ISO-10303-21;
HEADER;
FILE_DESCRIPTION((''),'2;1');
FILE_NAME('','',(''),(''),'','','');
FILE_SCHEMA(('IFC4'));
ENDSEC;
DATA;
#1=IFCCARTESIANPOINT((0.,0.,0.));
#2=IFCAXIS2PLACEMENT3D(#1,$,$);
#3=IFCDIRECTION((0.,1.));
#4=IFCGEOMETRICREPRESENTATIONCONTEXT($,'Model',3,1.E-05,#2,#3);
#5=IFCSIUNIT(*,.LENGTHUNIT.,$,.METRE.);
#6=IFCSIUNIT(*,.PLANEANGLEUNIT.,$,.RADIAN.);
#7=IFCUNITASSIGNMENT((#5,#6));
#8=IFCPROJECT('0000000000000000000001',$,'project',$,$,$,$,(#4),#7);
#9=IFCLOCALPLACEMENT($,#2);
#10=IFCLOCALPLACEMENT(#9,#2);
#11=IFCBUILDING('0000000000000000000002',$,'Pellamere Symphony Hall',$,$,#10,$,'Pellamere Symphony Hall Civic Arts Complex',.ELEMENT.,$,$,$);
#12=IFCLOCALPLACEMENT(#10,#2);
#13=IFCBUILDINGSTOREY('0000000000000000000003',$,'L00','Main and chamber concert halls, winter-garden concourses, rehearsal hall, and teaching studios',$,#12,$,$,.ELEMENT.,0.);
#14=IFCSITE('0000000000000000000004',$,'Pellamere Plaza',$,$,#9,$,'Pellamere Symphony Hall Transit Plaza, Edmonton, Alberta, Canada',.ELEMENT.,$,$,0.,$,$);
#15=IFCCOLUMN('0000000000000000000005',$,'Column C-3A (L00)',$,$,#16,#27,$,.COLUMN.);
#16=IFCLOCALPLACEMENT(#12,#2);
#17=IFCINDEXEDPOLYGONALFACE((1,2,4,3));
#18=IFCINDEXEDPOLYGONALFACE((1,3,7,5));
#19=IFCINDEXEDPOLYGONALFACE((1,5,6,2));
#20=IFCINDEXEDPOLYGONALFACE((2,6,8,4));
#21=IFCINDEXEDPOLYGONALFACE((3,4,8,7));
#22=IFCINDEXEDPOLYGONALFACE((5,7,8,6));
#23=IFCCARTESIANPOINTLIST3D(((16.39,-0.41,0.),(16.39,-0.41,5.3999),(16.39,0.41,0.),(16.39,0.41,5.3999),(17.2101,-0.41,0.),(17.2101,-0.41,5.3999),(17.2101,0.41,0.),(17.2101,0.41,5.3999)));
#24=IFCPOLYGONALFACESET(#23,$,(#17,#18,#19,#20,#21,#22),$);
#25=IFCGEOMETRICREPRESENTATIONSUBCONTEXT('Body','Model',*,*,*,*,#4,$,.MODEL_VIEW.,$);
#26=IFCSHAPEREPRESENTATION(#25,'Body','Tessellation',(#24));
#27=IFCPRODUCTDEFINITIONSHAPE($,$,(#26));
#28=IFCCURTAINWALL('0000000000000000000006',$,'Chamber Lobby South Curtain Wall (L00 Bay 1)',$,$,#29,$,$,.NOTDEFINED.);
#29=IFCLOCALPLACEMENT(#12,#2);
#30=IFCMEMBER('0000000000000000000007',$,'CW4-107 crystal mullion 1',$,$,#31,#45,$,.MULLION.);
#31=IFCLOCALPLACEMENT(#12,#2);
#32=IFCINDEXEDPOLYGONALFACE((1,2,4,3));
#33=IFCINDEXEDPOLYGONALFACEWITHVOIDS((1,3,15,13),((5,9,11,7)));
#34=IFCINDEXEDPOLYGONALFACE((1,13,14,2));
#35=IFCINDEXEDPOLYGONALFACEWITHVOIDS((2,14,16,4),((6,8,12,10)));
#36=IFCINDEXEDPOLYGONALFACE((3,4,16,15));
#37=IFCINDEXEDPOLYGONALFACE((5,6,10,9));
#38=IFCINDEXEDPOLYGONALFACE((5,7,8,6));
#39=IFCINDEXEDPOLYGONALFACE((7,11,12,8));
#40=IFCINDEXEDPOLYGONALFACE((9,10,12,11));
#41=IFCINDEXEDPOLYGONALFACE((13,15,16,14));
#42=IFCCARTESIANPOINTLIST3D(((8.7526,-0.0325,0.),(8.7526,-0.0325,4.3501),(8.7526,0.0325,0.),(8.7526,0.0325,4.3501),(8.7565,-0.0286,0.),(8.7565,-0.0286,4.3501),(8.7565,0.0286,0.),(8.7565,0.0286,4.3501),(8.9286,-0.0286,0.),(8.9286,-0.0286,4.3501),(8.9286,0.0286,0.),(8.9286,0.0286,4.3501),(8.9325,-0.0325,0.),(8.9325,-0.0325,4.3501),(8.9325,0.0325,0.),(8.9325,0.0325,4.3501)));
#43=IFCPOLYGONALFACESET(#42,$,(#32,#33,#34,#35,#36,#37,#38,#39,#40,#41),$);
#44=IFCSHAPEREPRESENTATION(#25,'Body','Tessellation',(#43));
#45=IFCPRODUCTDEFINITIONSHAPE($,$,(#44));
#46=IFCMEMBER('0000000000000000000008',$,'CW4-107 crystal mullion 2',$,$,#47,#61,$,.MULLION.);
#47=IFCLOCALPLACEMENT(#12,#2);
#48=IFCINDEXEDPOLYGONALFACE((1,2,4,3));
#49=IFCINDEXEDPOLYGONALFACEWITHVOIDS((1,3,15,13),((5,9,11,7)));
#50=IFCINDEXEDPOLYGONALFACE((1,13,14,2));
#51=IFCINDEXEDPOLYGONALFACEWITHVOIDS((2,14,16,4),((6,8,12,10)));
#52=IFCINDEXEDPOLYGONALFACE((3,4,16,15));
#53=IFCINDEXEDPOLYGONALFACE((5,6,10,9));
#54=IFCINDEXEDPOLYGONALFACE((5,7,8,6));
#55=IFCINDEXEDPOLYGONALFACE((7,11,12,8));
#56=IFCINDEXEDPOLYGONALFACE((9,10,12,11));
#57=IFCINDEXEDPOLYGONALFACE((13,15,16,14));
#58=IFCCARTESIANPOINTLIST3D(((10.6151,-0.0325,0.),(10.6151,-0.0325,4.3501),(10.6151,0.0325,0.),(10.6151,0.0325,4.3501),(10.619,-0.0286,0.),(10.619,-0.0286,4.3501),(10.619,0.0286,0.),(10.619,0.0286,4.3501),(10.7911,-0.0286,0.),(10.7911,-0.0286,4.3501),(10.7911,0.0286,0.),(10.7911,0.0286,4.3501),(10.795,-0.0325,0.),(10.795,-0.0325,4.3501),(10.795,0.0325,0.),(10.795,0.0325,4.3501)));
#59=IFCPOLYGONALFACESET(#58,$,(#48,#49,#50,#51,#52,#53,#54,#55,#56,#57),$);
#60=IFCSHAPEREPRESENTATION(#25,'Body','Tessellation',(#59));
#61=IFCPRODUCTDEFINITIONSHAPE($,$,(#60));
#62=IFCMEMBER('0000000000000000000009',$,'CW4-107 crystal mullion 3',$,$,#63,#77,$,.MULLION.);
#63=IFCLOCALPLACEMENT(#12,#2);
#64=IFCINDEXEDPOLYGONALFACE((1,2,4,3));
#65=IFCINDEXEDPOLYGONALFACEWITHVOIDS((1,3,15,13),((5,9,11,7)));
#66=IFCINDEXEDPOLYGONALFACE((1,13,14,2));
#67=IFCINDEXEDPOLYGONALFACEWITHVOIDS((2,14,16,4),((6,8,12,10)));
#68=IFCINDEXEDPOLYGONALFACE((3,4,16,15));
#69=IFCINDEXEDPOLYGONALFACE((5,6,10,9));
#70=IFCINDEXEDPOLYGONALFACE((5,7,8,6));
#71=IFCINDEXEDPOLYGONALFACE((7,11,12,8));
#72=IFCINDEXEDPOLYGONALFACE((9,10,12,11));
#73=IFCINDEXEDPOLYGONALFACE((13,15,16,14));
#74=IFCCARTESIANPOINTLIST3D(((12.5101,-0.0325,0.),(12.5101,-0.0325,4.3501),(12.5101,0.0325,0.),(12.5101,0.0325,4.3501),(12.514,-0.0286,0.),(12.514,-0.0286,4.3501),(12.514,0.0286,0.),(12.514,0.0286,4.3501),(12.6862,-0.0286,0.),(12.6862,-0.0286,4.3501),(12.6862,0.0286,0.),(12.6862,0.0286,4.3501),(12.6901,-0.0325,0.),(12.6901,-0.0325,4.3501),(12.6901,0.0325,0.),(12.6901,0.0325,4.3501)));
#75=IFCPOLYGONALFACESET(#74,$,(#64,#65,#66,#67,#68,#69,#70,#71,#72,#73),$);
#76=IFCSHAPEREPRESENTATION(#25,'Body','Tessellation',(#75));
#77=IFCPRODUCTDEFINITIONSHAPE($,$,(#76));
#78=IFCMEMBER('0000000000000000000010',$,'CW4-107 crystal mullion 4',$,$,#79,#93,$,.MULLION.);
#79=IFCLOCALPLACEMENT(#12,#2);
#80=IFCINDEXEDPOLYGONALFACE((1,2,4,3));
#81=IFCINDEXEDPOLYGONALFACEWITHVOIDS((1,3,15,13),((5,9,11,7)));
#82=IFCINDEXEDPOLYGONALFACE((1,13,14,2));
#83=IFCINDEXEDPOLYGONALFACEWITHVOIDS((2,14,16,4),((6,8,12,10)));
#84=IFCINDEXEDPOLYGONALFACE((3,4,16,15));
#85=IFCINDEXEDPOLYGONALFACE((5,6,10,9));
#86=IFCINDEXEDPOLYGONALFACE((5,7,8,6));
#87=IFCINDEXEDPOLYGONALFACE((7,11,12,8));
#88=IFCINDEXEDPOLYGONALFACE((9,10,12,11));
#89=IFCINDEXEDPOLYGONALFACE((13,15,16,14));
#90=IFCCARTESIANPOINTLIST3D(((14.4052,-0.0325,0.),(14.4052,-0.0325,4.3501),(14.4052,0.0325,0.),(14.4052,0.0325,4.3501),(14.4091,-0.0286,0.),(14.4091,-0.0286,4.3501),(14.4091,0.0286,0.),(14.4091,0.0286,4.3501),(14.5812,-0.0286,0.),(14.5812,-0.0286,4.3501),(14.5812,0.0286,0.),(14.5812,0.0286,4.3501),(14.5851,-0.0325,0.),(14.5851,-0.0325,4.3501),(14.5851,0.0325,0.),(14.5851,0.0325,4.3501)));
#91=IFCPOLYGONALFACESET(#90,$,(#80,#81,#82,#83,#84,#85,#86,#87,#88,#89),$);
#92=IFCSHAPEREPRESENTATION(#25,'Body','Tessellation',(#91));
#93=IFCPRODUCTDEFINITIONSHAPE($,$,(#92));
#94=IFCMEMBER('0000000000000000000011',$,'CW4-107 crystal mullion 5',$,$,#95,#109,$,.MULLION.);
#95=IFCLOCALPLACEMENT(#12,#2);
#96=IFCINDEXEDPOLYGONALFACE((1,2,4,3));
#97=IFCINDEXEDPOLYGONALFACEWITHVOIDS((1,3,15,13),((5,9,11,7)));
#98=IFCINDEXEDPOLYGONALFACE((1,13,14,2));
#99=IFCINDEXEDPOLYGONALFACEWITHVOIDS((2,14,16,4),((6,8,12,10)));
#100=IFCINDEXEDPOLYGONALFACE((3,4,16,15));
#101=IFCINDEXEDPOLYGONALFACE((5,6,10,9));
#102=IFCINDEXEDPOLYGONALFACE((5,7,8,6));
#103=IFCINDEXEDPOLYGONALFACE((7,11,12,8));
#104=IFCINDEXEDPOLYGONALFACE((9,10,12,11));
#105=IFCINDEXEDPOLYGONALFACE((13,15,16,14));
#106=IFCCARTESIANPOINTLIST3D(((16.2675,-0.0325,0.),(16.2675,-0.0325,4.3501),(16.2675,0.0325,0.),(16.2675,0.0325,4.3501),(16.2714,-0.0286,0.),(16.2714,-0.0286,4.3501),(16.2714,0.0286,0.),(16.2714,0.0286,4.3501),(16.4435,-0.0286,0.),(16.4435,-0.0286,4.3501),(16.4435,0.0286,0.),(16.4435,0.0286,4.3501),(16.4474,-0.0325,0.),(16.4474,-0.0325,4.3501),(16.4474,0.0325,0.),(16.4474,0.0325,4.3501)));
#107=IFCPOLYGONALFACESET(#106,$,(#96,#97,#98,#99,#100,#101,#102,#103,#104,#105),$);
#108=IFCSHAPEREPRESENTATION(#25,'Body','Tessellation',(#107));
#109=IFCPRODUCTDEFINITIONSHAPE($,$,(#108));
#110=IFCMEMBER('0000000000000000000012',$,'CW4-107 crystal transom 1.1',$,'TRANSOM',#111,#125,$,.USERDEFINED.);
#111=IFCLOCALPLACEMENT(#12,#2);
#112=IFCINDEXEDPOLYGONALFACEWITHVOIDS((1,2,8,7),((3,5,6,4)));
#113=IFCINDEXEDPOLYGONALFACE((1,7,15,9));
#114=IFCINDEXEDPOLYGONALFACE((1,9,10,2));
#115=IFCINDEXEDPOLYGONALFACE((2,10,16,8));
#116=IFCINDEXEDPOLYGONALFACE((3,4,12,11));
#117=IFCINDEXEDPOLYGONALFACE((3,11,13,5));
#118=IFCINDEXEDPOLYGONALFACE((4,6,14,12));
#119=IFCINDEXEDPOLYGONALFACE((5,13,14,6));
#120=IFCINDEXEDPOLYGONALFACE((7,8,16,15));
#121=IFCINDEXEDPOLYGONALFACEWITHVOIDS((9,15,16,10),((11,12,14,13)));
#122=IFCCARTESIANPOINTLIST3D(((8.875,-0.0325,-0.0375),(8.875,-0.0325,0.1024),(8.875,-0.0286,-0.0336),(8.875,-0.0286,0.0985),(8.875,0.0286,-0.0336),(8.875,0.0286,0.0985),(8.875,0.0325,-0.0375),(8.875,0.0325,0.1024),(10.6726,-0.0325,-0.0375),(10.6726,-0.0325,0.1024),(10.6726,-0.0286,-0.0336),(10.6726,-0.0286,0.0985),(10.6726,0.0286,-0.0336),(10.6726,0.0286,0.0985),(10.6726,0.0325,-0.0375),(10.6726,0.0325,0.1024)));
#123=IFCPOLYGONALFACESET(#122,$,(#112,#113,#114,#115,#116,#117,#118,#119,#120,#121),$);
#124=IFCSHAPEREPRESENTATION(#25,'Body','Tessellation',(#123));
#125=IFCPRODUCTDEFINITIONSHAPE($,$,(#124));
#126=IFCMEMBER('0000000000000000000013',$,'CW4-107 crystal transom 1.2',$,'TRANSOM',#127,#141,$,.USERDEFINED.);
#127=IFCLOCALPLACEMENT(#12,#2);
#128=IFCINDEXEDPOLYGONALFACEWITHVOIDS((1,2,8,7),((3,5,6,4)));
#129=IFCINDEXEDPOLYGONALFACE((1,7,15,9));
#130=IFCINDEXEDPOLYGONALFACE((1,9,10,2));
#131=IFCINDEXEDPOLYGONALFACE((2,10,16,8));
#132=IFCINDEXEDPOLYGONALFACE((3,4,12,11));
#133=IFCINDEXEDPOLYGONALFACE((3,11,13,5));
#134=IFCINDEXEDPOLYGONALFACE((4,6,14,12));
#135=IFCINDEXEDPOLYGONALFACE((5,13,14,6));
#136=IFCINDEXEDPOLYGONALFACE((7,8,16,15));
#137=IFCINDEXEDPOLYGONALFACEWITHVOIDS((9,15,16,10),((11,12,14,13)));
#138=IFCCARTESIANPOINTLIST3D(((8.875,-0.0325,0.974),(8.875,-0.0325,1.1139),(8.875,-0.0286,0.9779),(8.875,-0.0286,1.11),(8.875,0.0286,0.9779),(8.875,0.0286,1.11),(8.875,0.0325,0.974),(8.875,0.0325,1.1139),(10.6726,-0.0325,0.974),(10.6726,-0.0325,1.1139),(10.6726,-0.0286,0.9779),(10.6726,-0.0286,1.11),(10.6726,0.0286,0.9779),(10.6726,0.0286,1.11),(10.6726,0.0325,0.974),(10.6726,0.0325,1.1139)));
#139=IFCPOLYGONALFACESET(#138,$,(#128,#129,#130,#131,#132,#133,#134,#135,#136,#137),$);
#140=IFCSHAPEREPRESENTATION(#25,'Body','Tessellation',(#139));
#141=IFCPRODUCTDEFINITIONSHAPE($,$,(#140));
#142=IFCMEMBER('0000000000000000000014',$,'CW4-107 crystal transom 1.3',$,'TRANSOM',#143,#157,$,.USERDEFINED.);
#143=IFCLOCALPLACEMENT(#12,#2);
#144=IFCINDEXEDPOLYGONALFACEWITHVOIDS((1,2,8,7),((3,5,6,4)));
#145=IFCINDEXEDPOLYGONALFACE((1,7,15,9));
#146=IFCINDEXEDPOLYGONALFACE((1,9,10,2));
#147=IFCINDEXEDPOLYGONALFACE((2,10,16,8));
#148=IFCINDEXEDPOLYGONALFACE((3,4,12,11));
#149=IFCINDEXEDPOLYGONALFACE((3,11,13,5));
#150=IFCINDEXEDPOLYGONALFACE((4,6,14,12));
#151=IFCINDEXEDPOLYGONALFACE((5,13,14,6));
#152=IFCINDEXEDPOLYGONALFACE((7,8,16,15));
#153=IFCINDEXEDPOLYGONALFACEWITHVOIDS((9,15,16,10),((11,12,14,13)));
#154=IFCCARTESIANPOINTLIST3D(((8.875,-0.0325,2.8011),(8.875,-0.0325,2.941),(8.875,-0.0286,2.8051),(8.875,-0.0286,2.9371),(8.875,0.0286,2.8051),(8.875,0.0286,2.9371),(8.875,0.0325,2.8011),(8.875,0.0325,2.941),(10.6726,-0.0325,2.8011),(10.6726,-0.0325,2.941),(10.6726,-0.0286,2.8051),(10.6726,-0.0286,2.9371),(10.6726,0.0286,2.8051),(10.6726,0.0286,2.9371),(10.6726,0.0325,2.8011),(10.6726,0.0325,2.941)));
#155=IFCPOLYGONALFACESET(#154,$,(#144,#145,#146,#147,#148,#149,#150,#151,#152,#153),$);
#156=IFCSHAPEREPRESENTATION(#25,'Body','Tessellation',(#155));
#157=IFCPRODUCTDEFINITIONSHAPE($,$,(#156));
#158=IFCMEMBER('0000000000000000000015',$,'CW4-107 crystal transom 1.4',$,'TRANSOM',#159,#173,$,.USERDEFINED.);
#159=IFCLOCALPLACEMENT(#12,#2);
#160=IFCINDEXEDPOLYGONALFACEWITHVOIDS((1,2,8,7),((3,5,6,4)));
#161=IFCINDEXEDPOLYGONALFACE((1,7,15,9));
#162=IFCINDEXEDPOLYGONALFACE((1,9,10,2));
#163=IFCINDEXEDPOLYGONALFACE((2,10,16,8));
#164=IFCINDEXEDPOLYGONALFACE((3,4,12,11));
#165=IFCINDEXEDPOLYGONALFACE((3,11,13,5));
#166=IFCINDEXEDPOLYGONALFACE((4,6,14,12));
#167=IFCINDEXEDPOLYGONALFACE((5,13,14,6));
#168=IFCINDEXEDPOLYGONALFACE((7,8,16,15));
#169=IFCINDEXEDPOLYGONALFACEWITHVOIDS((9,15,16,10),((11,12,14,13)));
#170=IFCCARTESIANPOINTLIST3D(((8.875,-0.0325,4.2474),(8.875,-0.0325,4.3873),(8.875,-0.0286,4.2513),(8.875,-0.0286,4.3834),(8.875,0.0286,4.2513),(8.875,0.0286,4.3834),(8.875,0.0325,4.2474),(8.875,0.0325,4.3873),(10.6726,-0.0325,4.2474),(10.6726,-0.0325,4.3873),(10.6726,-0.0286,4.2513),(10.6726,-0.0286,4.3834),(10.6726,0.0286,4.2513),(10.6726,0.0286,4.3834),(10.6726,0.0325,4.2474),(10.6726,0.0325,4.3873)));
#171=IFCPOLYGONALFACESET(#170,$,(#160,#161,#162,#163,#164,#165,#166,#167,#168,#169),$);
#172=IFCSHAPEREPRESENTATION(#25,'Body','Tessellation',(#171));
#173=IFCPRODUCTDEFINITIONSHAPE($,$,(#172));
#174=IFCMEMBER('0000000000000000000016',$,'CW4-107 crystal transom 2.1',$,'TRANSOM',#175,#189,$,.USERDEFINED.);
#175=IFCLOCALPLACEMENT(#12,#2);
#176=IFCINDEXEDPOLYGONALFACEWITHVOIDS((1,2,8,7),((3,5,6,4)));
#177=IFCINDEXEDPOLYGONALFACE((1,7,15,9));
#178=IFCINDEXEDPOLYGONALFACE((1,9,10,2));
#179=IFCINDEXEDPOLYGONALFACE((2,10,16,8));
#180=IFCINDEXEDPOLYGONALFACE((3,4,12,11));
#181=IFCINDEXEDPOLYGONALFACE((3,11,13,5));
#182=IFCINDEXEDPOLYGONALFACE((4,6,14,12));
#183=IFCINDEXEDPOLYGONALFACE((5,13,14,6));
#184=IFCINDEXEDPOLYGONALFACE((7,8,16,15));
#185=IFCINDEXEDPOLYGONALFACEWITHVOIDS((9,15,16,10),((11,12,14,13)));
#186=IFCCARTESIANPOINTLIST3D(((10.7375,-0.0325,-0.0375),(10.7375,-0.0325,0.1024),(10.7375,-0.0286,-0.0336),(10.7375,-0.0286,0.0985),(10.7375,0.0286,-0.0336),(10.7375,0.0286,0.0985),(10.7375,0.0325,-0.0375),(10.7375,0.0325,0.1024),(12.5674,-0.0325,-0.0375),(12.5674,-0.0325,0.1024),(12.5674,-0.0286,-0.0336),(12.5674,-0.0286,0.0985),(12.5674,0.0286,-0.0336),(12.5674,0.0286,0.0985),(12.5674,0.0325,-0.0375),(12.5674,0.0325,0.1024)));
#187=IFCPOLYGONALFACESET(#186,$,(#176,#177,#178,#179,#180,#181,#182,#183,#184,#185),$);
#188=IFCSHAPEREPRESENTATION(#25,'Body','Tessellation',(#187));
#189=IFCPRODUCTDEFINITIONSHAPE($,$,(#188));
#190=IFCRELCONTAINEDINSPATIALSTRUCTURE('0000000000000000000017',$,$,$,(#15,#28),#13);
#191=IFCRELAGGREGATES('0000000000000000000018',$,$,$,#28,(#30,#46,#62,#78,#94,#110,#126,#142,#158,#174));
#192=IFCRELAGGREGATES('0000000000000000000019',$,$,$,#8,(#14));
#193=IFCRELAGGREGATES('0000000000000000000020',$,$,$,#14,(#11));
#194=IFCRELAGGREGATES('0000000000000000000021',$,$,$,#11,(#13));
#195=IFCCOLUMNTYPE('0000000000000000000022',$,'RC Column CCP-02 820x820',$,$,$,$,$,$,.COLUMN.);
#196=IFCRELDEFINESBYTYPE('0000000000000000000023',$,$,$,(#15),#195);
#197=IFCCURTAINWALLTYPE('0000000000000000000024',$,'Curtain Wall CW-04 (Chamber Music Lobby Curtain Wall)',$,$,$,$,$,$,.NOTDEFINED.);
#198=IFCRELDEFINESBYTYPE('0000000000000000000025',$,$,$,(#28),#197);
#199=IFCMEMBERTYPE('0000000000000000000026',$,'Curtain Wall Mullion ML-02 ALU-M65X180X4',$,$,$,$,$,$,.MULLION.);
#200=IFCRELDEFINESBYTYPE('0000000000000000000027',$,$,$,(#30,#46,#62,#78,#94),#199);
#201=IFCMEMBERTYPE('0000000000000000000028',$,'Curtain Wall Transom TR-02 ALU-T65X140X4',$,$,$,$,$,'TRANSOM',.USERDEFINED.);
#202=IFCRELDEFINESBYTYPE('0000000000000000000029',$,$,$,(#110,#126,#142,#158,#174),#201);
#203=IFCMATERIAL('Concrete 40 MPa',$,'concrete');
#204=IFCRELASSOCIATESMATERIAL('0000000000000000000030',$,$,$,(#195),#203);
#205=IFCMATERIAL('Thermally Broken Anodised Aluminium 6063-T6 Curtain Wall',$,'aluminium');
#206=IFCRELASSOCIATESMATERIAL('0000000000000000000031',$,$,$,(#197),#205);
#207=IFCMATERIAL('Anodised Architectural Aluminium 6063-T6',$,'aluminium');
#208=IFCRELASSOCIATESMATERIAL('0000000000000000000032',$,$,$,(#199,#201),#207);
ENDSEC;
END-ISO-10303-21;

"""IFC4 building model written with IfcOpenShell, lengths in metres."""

from ifc_helpers import new_model, si_unit, direction, frame, origin, origin_2d, place, context, subcontext, project, spatial, rectangle, hollow_rectangle, extrude, material, material_profile, profile_set, type_object, element, aggregate, save


model = new_model("IFC4")

# Units and contexts
model_context = context("Model", 3, precision=1e-05, world=origin(), true_north=direction((0.0, 1.0)))
body_context = subcontext(model_context, "Body", "Model", "MODEL_VIEW")
ifc_project = project(units=[si_unit("LENGTHUNIT", "METRE"), si_unit("PLANEANGLEUNIT", "RADIAN")], contexts=[model_context])

# Site, building, storey
site_placement = place(None, origin())
site = spatial("IfcSite", under=ifc_project, at=site_placement, Name="Pellamere Plaza", LongName="Pellamere Symphony Hall Transit Plaza, Edmonton, Alberta, Canada", CompositionType="ELEMENT", RefElevation=0.0)
building_placement = place(site_placement, origin())
building = spatial("IfcBuilding", under=site, at=building_placement, Name="Pellamere Symphony Hall", LongName="Pellamere Symphony Hall Civic Arts Complex", CompositionType="ELEMENT")
storey_placement = place(building_placement, origin())
storey = spatial("IfcBuildingStorey", under=building, at=storey_placement, Name="L00", Description="Main and chamber concert halls, winter-garden concourses, rehearsal hall, and teaching studios", CompositionType="ELEMENT", Elevation=0.0)

# Column
ifc_material_1 = material(Name="Concrete 40 MPa", Category="concrete")
ifc_material_profile_1 = material_profile(ifc_material_1, rectangle(XDim=0.8201, YDim=0.8201, at=origin_2d()), Name="RC 820x820")
ifc_profile_set_1 = profile_set([ifc_material_profile_1], Name="Concrete 40 MPa")
column_type = type_object("IfcColumnType", Name="RC Column CCP-02 820x820", PredefinedType="COLUMN", material=ifc_profile_set_1)
column_placement = place(storey_placement, frame((16.8, 0.0, 0.0), z_axis=(0.0, 0.0, 1.0), x_axis=(1.0, 0.0, 0.0)))
element("IfcColumn", 1, at=column_placement, inside=storey, type_object=column_type, Name="Column C-3A (L00)", PredefinedType="COLUMN", context=body_context, shape_type="SweptSolid", body=[
    extrude(rectangle(XDim=0.8201, YDim=0.8201, at=origin_2d()), origin(), (0.0, 0.0, 1.0), 5.3999),
])

# Curtain wall, members
ifc_material_2 = material(Name="Thermally Broken Anodised Aluminium 6063-T6 Curtain Wall", Category="aluminium")
curtain_wall_type = type_object("IfcCurtainWallType", Name="Curtain Wall CW-04 (Chamber Music Lobby Curtain Wall)", PredefinedType="NOTDEFINED", material=ifc_material_2)
curtain_wall_placement = place(storey_placement, origin())
curtain_wall = element("IfcCurtainWall", 2, at=curtain_wall_placement, inside=storey, type_object=curtain_wall_type, Name="Chamber Lobby South Curtain Wall (L00 Bay 1)", PredefinedType="NOTDEFINED")
ifc_material_3 = material(Name="Anodised Architectural Aluminium 6063-T6", Category="aluminium")
ifc_material_profile_2 = material_profile(ifc_material_3, hollow_rectangle(XDim=0.0649, YDim=0.1799, WallThickness=0.0039, at=origin_2d()), Name="ALU-M65X180X4")
ifc_profile_set_2 = profile_set([ifc_material_profile_2], Name="Anodised Architectural Aluminium 6063-T6")
member_type_1 = type_object("IfcMemberType", Name="Curtain Wall Mullion ML-02 ALU-M65X180X4", PredefinedType="MULLION", material=ifc_profile_set_2)
member_1_placement = place(storey_placement, frame((8.8425, 0.0, 0.0), z_axis=(0.0, 0.0, 1.0), x_axis=(0.0, 1.0, 0.0)))
member_1 = element("IfcMember", 3, at=member_1_placement, type_object=member_type_1, Name="CW4-107 crystal mullion 1", PredefinedType="MULLION", context=body_context, shape_type="SweptSolid", body=[
    extrude(hollow_rectangle(XDim=0.0649, YDim=0.1799, WallThickness=0.0039, at=origin_2d()), origin(), (0.0, 0.0, 1.0), 4.3501),
])
member_2_placement = place(storey_placement, frame((10.7051, 0.0, 0.0), z_axis=(0.0, 0.0, 1.0), x_axis=(0.0, 1.0, 0.0)))
member_2 = element("IfcMember", 4, at=member_2_placement, type_object=member_type_1, Name="CW4-107 crystal mullion 2", PredefinedType="MULLION", context=body_context, shape_type="SweptSolid", body=[
    extrude(hollow_rectangle(XDim=0.0649, YDim=0.1799, WallThickness=0.0039, at=origin_2d()), origin(), (0.0, 0.0, 1.0), 4.3501),
])
member_3_placement = place(storey_placement, frame((12.6001, 0.0, 0.0), z_axis=(0.0, 0.0, 1.0), x_axis=(0.0, 1.0, 0.0)))
member_3 = element("IfcMember", 5, at=member_3_placement, type_object=member_type_1, Name="CW4-107 crystal mullion 3", PredefinedType="MULLION", context=body_context, shape_type="SweptSolid", body=[
    extrude(hollow_rectangle(XDim=0.0649, YDim=0.1799, WallThickness=0.0039, at=origin_2d()), origin(), (0.0, 0.0, 1.0), 4.3501),
])
member_4_placement = place(storey_placement, frame((14.4951, 0.0, 0.0), z_axis=(0.0, 0.0, 1.0), x_axis=(0.0, 1.0, 0.0)))
member_4 = element("IfcMember", 6, at=member_4_placement, type_object=member_type_1, Name="CW4-107 crystal mullion 4", PredefinedType="MULLION", context=body_context, shape_type="SweptSolid", body=[
    extrude(hollow_rectangle(XDim=0.0649, YDim=0.1799, WallThickness=0.0039, at=origin_2d()), origin(), (0.0, 0.0, 1.0), 4.3501),
])
member_5_placement = place(storey_placement, frame((16.3574, 0.0, 0.0), z_axis=(0.0, 0.0, 1.0), x_axis=(0.0, 1.0, 0.0)))
member_5 = element("IfcMember", 7, at=member_5_placement, type_object=member_type_1, Name="CW4-107 crystal mullion 5", PredefinedType="MULLION", context=body_context, shape_type="SweptSolid", body=[
    extrude(hollow_rectangle(XDim=0.0649, YDim=0.1799, WallThickness=0.0039, at=origin_2d()), origin(), (0.0, 0.0, 1.0), 4.3501),
])
ifc_material_profile_3 = material_profile(ifc_material_3, hollow_rectangle(XDim=0.0649, YDim=0.1399, WallThickness=0.0039, at=origin_2d()), Name="ALU-T65X140X4")
ifc_profile_set_3 = profile_set([ifc_material_profile_3], Name="Anodised Architectural Aluminium 6063-T6")
member_type_2 = type_object("IfcMemberType", Name="Curtain Wall Transom TR-02 ALU-T65X140X4", ElementType="TRANSOM", PredefinedType="USERDEFINED", material=ifc_profile_set_3)
member_6_placement = place(storey_placement, frame((8.875, 0.0, 0.0325), z_axis=(1.0, 0.0, 0.0), x_axis=(0.0, 1.0, 0.0)))
member_6 = element("IfcMember", 8, at=member_6_placement, type_object=member_type_2, Name="CW4-107 crystal transom 1.1", ObjectType="TRANSOM", PredefinedType="USERDEFINED", context=body_context, shape_type="SweptSolid", body=[
    extrude(hollow_rectangle(XDim=0.0649, YDim=0.1399, WallThickness=0.0039, at=origin_2d()), origin(), (0.0, 0.0, 1.0), 1.7976),
])
member_7_placement = place(storey_placement, frame((8.875, 0.0, 1.0439), z_axis=(1.0, 0.0, 0.0), x_axis=(0.0, 1.0, 0.0)))
member_7 = element("IfcMember", 9, at=member_7_placement, type_object=member_type_2, Name="CW4-107 crystal transom 1.2", ObjectType="TRANSOM", PredefinedType="USERDEFINED", context=body_context, shape_type="SweptSolid", body=[
    extrude(hollow_rectangle(XDim=0.0649, YDim=0.1399, WallThickness=0.0039, at=origin_2d()), origin(), (0.0, 0.0, 1.0), 1.7976),
])
member_8_placement = place(storey_placement, frame((8.875, 0.0, 2.8711), z_axis=(1.0, 0.0, 0.0), x_axis=(0.0, 1.0, 0.0)))
member_8 = element("IfcMember", 10, at=member_8_placement, type_object=member_type_2, Name="CW4-107 crystal transom 1.3", ObjectType="TRANSOM", PredefinedType="USERDEFINED", context=body_context, shape_type="SweptSolid", body=[
    extrude(hollow_rectangle(XDim=0.0649, YDim=0.1399, WallThickness=0.0039, at=origin_2d()), origin(), (0.0, 0.0, 1.0), 1.7976),
])
member_9_placement = place(storey_placement, frame((8.875, 0.0, 4.3174), z_axis=(1.0, 0.0, 0.0), x_axis=(0.0, 1.0, 0.0)))
member_9 = element("IfcMember", 11, at=member_9_placement, type_object=member_type_2, Name="CW4-107 crystal transom 1.4", ObjectType="TRANSOM", PredefinedType="USERDEFINED", context=body_context, shape_type="SweptSolid", body=[
    extrude(hollow_rectangle(XDim=0.0649, YDim=0.1399, WallThickness=0.0039, at=origin_2d()), origin(), (0.0, 0.0, 1.0), 1.7976),
])
member_10_placement = place(storey_placement, frame((10.7375, 0.0, 0.0325), z_axis=(1.0, 0.0, 0.0), x_axis=(0.0, 1.0, 0.0)))
member_10 = element("IfcMember", 12, at=member_10_placement, type_object=member_type_2, Name="CW4-107 crystal transom 2.1", ObjectType="TRANSOM", PredefinedType="USERDEFINED", context=body_context, shape_type="SweptSolid", body=[
    extrude(hollow_rectangle(XDim=0.0649, YDim=0.1399, WallThickness=0.0039, at=origin_2d()), origin(), (0.0, 0.0, 1.0), 1.8298),
])

aggregate(curtain_wall, [member_1, member_2, member_3, member_4, member_5, member_6, member_7, member_8, member_9, member_10])

save(model, "model.ifc")
